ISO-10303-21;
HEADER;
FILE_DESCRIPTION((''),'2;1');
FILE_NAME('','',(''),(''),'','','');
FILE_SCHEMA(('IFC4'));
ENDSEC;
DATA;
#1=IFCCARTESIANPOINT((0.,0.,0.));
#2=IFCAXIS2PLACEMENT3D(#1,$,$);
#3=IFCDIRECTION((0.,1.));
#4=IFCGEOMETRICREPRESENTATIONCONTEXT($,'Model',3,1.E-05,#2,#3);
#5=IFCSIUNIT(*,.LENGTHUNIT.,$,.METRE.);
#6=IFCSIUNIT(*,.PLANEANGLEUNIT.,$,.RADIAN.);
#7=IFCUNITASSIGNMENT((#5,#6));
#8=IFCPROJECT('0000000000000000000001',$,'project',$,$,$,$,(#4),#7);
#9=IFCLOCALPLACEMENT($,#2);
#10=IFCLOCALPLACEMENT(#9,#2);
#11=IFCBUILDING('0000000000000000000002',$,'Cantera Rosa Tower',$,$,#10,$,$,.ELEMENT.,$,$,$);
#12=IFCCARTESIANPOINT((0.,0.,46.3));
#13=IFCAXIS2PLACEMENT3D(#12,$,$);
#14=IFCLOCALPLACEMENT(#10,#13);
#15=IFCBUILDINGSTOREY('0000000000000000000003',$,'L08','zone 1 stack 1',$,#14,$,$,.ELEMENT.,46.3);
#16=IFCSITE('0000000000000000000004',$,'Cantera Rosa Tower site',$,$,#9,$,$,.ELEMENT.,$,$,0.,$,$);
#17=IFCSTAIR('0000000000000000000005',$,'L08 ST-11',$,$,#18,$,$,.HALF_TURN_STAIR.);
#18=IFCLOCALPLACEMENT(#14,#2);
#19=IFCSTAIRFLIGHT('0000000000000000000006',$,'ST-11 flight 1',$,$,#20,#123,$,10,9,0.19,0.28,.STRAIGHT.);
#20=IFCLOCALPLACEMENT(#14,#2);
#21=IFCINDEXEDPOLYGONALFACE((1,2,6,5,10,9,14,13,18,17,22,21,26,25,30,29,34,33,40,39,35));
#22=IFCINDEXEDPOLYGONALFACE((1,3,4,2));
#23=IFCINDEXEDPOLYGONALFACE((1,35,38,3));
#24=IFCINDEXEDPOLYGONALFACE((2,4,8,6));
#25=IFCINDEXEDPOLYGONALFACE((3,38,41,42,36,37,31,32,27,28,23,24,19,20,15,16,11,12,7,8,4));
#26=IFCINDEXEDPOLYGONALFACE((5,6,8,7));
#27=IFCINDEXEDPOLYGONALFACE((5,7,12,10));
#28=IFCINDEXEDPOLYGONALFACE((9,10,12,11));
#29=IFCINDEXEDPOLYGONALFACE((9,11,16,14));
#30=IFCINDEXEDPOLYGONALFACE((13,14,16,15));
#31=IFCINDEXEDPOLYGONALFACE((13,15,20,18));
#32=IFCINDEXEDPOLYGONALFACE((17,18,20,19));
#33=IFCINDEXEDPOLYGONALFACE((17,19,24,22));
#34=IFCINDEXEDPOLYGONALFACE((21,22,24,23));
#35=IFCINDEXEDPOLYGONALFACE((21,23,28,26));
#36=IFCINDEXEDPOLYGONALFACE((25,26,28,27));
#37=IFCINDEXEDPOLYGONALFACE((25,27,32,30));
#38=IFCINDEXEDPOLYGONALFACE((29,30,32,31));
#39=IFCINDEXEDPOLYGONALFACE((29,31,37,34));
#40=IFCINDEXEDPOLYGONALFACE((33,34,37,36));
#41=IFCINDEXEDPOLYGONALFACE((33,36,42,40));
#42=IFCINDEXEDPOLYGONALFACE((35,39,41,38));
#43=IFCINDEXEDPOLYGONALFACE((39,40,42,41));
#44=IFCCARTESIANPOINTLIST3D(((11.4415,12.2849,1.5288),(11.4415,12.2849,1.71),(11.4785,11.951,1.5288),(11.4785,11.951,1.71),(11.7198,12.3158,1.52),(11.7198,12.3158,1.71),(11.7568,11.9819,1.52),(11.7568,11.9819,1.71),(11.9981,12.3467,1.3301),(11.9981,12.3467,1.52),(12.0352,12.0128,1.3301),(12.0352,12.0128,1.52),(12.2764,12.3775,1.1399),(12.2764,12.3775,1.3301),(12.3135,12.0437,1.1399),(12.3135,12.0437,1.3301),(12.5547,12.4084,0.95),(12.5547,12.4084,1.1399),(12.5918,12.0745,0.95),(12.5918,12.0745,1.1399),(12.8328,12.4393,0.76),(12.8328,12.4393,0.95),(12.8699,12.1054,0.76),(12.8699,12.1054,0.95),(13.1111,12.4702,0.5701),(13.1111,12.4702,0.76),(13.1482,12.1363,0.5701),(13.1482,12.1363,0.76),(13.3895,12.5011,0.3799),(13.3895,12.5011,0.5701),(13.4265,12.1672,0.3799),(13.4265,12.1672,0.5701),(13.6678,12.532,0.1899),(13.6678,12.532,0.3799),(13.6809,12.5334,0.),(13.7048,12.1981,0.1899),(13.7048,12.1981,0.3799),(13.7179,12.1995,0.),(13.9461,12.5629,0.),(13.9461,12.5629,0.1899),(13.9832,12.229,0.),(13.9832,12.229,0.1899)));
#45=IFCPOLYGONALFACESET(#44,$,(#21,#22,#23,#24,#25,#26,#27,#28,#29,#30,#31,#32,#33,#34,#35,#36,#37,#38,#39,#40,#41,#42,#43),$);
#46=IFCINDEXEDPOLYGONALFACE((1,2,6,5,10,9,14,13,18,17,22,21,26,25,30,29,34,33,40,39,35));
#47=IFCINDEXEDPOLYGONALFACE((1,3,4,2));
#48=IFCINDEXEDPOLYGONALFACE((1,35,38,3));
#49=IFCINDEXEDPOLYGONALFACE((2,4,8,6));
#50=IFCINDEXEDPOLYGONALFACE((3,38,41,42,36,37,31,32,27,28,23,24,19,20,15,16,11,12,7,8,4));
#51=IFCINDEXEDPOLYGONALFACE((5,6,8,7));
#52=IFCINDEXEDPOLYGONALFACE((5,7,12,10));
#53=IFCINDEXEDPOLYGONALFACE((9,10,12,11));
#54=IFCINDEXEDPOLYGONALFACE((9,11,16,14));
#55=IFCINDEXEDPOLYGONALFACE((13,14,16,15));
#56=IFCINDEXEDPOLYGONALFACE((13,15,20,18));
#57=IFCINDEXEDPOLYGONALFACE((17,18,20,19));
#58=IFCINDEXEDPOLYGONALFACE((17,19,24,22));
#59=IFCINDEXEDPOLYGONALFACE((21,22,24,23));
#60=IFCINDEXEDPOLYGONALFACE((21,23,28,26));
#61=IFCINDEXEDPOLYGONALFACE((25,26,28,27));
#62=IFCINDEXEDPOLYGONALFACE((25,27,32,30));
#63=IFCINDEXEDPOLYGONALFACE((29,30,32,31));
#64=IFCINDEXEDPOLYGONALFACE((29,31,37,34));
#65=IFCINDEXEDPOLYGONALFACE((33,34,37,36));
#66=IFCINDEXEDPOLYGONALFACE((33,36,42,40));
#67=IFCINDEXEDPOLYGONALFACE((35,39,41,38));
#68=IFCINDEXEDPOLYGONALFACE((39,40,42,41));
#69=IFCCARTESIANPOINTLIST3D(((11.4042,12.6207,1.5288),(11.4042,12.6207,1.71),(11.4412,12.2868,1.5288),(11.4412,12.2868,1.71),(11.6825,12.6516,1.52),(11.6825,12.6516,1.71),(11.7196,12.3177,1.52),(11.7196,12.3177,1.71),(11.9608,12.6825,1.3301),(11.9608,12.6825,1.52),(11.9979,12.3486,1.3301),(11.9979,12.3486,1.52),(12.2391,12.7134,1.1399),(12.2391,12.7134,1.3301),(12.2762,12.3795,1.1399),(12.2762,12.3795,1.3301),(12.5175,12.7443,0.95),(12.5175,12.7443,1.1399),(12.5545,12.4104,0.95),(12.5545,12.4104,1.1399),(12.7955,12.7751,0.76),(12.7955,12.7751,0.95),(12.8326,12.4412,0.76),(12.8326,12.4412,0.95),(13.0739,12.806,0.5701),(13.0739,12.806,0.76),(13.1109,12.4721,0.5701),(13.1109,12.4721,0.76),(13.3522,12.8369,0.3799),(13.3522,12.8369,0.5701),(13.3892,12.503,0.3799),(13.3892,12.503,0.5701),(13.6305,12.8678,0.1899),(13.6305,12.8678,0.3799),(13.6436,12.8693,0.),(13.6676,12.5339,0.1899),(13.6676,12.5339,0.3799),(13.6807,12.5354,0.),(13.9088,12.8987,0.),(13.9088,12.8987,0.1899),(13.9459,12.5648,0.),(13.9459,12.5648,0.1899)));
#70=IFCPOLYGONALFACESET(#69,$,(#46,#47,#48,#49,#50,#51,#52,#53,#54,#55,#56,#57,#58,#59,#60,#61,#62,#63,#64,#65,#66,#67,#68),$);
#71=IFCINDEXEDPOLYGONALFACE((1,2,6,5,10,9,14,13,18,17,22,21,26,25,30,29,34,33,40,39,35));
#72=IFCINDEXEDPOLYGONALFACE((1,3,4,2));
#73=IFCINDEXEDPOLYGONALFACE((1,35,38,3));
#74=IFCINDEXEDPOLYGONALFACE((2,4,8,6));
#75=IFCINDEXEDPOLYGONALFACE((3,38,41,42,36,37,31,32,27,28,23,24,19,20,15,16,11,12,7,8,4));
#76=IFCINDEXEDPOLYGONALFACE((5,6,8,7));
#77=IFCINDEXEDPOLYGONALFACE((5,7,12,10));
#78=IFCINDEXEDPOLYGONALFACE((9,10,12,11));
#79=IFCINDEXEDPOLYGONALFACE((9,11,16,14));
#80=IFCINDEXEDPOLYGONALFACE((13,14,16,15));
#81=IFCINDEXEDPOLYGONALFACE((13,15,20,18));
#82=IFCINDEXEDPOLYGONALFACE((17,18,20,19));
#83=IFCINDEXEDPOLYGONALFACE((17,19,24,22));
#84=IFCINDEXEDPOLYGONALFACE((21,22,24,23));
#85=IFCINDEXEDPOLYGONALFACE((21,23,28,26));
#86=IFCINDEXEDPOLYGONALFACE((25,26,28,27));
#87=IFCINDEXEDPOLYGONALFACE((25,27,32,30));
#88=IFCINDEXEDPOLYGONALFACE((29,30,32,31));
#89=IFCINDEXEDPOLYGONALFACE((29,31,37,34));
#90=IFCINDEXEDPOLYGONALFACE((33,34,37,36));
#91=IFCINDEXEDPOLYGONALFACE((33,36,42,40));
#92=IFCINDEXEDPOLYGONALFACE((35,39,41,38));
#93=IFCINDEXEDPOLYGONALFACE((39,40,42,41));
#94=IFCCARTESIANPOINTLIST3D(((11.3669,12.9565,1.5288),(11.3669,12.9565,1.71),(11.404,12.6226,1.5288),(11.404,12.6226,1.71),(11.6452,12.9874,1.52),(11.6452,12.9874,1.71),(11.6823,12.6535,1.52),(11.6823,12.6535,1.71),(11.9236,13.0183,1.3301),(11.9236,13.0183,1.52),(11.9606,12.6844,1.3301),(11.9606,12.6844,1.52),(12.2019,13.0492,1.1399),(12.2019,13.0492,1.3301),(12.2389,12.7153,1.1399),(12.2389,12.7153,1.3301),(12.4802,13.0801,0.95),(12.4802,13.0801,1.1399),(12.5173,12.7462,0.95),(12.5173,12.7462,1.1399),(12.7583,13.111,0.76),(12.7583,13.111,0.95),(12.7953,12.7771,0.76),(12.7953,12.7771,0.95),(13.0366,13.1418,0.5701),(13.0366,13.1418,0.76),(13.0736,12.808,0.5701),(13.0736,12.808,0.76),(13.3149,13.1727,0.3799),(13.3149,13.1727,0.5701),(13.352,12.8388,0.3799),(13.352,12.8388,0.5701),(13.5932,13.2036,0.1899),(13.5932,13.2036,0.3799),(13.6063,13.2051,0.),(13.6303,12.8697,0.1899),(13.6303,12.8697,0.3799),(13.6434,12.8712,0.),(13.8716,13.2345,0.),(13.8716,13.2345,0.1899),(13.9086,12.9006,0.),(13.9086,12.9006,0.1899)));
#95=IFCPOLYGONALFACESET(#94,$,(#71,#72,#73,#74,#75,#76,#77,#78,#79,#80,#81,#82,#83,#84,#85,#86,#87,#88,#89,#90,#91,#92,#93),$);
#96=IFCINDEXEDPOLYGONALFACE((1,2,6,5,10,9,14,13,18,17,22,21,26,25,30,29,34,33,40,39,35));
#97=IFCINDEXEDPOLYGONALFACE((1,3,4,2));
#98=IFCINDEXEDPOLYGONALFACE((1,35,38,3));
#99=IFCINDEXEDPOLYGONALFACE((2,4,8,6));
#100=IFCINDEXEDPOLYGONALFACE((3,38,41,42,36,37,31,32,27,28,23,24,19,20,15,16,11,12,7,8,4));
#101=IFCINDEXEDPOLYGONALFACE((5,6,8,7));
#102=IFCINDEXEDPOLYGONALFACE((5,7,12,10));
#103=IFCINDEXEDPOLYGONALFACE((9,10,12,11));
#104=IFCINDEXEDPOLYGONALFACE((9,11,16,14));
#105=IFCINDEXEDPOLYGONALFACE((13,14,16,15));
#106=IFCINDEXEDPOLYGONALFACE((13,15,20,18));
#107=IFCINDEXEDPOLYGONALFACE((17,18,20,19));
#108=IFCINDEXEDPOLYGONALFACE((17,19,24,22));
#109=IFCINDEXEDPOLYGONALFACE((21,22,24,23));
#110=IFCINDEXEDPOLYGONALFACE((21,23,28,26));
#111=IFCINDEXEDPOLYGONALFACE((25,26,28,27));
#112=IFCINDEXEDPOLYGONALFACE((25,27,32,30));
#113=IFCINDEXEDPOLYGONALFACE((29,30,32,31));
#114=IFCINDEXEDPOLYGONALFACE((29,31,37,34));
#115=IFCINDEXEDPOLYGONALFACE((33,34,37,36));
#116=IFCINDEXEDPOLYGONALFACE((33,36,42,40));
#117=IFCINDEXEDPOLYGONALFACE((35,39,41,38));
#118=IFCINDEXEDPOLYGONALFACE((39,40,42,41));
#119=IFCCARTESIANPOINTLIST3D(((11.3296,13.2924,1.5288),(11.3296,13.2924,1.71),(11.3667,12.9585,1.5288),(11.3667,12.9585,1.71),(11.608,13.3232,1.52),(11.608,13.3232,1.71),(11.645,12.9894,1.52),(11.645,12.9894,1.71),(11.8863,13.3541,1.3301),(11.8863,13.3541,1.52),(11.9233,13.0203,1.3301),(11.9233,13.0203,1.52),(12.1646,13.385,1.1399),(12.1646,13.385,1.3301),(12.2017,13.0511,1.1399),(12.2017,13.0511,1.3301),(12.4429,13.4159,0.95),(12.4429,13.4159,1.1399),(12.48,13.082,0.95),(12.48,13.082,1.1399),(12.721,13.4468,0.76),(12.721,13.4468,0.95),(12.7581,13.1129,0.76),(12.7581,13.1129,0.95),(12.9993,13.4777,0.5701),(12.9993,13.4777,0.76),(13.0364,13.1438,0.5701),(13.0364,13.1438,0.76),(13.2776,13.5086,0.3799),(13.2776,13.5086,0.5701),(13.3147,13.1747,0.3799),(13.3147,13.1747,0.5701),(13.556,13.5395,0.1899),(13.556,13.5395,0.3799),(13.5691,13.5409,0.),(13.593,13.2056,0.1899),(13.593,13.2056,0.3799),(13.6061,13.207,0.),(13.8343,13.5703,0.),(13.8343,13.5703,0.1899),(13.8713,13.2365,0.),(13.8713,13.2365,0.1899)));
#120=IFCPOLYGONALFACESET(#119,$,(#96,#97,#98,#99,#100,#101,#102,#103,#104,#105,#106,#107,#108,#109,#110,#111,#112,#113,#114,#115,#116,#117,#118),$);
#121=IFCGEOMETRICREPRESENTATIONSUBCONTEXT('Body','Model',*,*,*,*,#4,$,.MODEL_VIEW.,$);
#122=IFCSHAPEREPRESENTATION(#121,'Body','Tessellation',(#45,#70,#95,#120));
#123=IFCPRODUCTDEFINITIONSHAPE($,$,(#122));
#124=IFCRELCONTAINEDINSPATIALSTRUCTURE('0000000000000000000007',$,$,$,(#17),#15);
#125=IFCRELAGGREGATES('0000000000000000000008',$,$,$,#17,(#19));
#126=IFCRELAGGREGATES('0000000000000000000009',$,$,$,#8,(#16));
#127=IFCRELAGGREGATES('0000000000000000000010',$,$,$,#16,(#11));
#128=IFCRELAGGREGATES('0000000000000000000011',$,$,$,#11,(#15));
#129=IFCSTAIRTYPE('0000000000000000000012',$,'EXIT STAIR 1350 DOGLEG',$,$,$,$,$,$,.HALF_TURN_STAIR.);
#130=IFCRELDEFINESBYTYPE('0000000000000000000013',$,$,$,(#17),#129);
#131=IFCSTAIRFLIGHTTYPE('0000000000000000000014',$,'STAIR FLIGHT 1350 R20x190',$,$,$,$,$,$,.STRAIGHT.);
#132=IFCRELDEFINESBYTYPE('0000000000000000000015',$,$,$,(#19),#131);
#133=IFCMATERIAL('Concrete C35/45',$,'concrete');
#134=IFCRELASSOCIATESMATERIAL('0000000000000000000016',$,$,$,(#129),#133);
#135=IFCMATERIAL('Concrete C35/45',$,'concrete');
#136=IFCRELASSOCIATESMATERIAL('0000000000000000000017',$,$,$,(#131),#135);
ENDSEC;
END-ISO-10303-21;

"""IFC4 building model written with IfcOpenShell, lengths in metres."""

from ifc_helpers import new_model, si_unit, direction, frame, origin, place, context, subcontext, project, spatial, polyline, outline, extrude, material, type_object, element, aggregate, save


model = new_model("IFC4")

# Units and contexts
model_context = context("Model", 3, precision=1e-05, world=origin(), true_north=direction((0.0, 1.0)))
body_context = subcontext(model_context, "Body", "Model", "MODEL_VIEW")
ifc_project = project(units=[si_unit("LENGTHUNIT", "METRE"), si_unit("PLANEANGLEUNIT", "RADIAN")], contexts=[model_context])

# Site, building, storey
site_placement = place(None, origin())
site = spatial("IfcSite", under=ifc_project, at=site_placement, Name="Cantera Rosa Tower site", CompositionType="ELEMENT", RefElevation=0.0)
building_placement = place(site_placement, origin())
building = spatial("IfcBuilding", under=site, at=building_placement, Name="Cantera Rosa Tower", CompositionType="ELEMENT")
storey_placement = place(building_placement, frame((0.0, 0.0, 46.3)))
storey = spatial("IfcBuildingStorey", under=building, at=storey_placement, Name="L08", Description="zone 1 stack 1", CompositionType="ELEMENT", Elevation=46.3)

# Stair, stair flight
ifc_material_1 = material(Name="Concrete C35/45", Category="concrete")
stair_type = type_object("IfcStairType", Name="EXIT STAIR 1350 DOGLEG", PredefinedType="HALF_TURN_STAIR", material=ifc_material_1)
stair_placement = place(storey_placement, origin())
stair = element("IfcStair", 1, at=stair_placement, inside=storey, type_object=stair_type, Name="L08 ST-11", PredefinedType="HALF_TURN_STAIR")
ifc_material_2 = material(Name="Concrete C35/45", Category="concrete")
stair_flight_type = type_object("IfcStairFlightType", Name="STAIR FLIGHT 1350 R20x190", PredefinedType="STRAIGHT", material=ifc_material_2)
stair_flight_placement = place(storey_placement, frame((13.9087, 12.8999, 0.0), z_axis=(0.0, 0.0, 1.0), x_axis=(-0.993897, -0.110313, 0.0)))
stair_flight = element("IfcStairFlight", 2, at=stair_flight_placement, type_object=stair_flight_type, Name="ST-11 flight 1", NumberOfRisers=10, NumberOfTreads=9, PredefinedType="STRAIGHT", RiserHeight=0.19, TreadLength=0.28, context=body_context, shape_type="SweptSolid", body=[
    extrude(outline(polyline([(0.0, 0.0), (0.0, 0.1899), (0.28, 0.1899), (0.28, 0.3799), (0.5601, 0.3799), (0.5601, 0.5701), (0.8401, 0.5701), (0.8401, 0.76), (1.1201, 0.76), (1.1201, 0.95), (1.3999, 0.95), (1.3999, 1.1399), (1.6799, 1.1399), (1.6799, 1.3301), (1.96, 1.3301), (1.96, 1.52), (2.24, 1.52), (2.24, 1.71), (2.52, 1.71), (2.52, 1.8999), (2.52, 1.5288), (0.2668, 0.0), (0.0, 0.0)])), frame((0.0, 0.675, 0.0), z_axis=(0.0, -1.0, 0.0), x_axis=(1.0, 0.0, 0.0)), (0.0, 0.0, 1.0), 0.3359),
    extrude(outline(polyline([(0.0, 0.0), (0.0, 0.1899), (0.28, 0.1899), (0.28, 0.3799), (0.5601, 0.3799), (0.5601, 0.5701), (0.8401, 0.5701), (0.8401, 0.76), (1.1201, 0.76), (1.1201, 0.95), (1.3999, 0.95), (1.3999, 1.1399), (1.6799, 1.1399), (1.6799, 1.3301), (1.96, 1.3301), (1.96, 1.52), (2.24, 1.52), (2.24, 1.71), (2.52, 1.71), (2.52, 1.8999), (2.52, 1.5288), (0.2668, 0.0), (0.0, 0.0)])), frame((0.0, 0.3372, 0.0), z_axis=(0.0, -1.0, 0.0), x_axis=(1.0, 0.0, 0.0)), (0.0, 0.0, 1.0), 0.3359),
    extrude(outline(polyline([(0.0, 0.0), (0.0, 0.1899), (0.28, 0.1899), (0.28, 0.3799), (0.5601, 0.3799), (0.5601, 0.5701), (0.8401, 0.5701), (0.8401, 0.76), (1.1201, 0.76), (1.1201, 0.95), (1.3999, 0.95), (1.3999, 1.1399), (1.6799, 1.1399), (1.6799, 1.3301), (1.96, 1.3301), (1.96, 1.52), (2.24, 1.52), (2.24, 1.71), (2.52, 1.71), (2.52, 1.8999), (2.52, 1.5288), (0.2668, 0.0), (0.0, 0.0)])), frame((0.0, -0.0007, 0.0), z_axis=(0.0, -1.0, 0.0), x_axis=(1.0, 0.0, 0.0)), (0.0, 0.0, 1.0), 0.3359),
    extrude(outline(polyline([(0.0, 0.0), (0.0, 0.1899), (0.28, 0.1899), (0.28, 0.3799), (0.5601, 0.3799), (0.5601, 0.5701), (0.8401, 0.5701), (0.8401, 0.76), (1.1201, 0.76), (1.1201, 0.95), (1.3999, 0.95), (1.3999, 1.1399), (1.6799, 1.1399), (1.6799, 1.3301), (1.96, 1.3301), (1.96, 1.52), (2.24, 1.52), (2.24, 1.71), (2.52, 1.71), (2.52, 1.8999), (2.52, 1.5288), (0.2668, 0.0), (0.0, 0.0)])), frame((0.0, -0.3386, 0.0), z_axis=(0.0, -1.0, 0.0), x_axis=(1.0, 0.0, 0.0)), (0.0, 0.0, 1.0), 0.3359),
])
aggregate(stair, [stair_flight])

save(model, "model.ifc")
